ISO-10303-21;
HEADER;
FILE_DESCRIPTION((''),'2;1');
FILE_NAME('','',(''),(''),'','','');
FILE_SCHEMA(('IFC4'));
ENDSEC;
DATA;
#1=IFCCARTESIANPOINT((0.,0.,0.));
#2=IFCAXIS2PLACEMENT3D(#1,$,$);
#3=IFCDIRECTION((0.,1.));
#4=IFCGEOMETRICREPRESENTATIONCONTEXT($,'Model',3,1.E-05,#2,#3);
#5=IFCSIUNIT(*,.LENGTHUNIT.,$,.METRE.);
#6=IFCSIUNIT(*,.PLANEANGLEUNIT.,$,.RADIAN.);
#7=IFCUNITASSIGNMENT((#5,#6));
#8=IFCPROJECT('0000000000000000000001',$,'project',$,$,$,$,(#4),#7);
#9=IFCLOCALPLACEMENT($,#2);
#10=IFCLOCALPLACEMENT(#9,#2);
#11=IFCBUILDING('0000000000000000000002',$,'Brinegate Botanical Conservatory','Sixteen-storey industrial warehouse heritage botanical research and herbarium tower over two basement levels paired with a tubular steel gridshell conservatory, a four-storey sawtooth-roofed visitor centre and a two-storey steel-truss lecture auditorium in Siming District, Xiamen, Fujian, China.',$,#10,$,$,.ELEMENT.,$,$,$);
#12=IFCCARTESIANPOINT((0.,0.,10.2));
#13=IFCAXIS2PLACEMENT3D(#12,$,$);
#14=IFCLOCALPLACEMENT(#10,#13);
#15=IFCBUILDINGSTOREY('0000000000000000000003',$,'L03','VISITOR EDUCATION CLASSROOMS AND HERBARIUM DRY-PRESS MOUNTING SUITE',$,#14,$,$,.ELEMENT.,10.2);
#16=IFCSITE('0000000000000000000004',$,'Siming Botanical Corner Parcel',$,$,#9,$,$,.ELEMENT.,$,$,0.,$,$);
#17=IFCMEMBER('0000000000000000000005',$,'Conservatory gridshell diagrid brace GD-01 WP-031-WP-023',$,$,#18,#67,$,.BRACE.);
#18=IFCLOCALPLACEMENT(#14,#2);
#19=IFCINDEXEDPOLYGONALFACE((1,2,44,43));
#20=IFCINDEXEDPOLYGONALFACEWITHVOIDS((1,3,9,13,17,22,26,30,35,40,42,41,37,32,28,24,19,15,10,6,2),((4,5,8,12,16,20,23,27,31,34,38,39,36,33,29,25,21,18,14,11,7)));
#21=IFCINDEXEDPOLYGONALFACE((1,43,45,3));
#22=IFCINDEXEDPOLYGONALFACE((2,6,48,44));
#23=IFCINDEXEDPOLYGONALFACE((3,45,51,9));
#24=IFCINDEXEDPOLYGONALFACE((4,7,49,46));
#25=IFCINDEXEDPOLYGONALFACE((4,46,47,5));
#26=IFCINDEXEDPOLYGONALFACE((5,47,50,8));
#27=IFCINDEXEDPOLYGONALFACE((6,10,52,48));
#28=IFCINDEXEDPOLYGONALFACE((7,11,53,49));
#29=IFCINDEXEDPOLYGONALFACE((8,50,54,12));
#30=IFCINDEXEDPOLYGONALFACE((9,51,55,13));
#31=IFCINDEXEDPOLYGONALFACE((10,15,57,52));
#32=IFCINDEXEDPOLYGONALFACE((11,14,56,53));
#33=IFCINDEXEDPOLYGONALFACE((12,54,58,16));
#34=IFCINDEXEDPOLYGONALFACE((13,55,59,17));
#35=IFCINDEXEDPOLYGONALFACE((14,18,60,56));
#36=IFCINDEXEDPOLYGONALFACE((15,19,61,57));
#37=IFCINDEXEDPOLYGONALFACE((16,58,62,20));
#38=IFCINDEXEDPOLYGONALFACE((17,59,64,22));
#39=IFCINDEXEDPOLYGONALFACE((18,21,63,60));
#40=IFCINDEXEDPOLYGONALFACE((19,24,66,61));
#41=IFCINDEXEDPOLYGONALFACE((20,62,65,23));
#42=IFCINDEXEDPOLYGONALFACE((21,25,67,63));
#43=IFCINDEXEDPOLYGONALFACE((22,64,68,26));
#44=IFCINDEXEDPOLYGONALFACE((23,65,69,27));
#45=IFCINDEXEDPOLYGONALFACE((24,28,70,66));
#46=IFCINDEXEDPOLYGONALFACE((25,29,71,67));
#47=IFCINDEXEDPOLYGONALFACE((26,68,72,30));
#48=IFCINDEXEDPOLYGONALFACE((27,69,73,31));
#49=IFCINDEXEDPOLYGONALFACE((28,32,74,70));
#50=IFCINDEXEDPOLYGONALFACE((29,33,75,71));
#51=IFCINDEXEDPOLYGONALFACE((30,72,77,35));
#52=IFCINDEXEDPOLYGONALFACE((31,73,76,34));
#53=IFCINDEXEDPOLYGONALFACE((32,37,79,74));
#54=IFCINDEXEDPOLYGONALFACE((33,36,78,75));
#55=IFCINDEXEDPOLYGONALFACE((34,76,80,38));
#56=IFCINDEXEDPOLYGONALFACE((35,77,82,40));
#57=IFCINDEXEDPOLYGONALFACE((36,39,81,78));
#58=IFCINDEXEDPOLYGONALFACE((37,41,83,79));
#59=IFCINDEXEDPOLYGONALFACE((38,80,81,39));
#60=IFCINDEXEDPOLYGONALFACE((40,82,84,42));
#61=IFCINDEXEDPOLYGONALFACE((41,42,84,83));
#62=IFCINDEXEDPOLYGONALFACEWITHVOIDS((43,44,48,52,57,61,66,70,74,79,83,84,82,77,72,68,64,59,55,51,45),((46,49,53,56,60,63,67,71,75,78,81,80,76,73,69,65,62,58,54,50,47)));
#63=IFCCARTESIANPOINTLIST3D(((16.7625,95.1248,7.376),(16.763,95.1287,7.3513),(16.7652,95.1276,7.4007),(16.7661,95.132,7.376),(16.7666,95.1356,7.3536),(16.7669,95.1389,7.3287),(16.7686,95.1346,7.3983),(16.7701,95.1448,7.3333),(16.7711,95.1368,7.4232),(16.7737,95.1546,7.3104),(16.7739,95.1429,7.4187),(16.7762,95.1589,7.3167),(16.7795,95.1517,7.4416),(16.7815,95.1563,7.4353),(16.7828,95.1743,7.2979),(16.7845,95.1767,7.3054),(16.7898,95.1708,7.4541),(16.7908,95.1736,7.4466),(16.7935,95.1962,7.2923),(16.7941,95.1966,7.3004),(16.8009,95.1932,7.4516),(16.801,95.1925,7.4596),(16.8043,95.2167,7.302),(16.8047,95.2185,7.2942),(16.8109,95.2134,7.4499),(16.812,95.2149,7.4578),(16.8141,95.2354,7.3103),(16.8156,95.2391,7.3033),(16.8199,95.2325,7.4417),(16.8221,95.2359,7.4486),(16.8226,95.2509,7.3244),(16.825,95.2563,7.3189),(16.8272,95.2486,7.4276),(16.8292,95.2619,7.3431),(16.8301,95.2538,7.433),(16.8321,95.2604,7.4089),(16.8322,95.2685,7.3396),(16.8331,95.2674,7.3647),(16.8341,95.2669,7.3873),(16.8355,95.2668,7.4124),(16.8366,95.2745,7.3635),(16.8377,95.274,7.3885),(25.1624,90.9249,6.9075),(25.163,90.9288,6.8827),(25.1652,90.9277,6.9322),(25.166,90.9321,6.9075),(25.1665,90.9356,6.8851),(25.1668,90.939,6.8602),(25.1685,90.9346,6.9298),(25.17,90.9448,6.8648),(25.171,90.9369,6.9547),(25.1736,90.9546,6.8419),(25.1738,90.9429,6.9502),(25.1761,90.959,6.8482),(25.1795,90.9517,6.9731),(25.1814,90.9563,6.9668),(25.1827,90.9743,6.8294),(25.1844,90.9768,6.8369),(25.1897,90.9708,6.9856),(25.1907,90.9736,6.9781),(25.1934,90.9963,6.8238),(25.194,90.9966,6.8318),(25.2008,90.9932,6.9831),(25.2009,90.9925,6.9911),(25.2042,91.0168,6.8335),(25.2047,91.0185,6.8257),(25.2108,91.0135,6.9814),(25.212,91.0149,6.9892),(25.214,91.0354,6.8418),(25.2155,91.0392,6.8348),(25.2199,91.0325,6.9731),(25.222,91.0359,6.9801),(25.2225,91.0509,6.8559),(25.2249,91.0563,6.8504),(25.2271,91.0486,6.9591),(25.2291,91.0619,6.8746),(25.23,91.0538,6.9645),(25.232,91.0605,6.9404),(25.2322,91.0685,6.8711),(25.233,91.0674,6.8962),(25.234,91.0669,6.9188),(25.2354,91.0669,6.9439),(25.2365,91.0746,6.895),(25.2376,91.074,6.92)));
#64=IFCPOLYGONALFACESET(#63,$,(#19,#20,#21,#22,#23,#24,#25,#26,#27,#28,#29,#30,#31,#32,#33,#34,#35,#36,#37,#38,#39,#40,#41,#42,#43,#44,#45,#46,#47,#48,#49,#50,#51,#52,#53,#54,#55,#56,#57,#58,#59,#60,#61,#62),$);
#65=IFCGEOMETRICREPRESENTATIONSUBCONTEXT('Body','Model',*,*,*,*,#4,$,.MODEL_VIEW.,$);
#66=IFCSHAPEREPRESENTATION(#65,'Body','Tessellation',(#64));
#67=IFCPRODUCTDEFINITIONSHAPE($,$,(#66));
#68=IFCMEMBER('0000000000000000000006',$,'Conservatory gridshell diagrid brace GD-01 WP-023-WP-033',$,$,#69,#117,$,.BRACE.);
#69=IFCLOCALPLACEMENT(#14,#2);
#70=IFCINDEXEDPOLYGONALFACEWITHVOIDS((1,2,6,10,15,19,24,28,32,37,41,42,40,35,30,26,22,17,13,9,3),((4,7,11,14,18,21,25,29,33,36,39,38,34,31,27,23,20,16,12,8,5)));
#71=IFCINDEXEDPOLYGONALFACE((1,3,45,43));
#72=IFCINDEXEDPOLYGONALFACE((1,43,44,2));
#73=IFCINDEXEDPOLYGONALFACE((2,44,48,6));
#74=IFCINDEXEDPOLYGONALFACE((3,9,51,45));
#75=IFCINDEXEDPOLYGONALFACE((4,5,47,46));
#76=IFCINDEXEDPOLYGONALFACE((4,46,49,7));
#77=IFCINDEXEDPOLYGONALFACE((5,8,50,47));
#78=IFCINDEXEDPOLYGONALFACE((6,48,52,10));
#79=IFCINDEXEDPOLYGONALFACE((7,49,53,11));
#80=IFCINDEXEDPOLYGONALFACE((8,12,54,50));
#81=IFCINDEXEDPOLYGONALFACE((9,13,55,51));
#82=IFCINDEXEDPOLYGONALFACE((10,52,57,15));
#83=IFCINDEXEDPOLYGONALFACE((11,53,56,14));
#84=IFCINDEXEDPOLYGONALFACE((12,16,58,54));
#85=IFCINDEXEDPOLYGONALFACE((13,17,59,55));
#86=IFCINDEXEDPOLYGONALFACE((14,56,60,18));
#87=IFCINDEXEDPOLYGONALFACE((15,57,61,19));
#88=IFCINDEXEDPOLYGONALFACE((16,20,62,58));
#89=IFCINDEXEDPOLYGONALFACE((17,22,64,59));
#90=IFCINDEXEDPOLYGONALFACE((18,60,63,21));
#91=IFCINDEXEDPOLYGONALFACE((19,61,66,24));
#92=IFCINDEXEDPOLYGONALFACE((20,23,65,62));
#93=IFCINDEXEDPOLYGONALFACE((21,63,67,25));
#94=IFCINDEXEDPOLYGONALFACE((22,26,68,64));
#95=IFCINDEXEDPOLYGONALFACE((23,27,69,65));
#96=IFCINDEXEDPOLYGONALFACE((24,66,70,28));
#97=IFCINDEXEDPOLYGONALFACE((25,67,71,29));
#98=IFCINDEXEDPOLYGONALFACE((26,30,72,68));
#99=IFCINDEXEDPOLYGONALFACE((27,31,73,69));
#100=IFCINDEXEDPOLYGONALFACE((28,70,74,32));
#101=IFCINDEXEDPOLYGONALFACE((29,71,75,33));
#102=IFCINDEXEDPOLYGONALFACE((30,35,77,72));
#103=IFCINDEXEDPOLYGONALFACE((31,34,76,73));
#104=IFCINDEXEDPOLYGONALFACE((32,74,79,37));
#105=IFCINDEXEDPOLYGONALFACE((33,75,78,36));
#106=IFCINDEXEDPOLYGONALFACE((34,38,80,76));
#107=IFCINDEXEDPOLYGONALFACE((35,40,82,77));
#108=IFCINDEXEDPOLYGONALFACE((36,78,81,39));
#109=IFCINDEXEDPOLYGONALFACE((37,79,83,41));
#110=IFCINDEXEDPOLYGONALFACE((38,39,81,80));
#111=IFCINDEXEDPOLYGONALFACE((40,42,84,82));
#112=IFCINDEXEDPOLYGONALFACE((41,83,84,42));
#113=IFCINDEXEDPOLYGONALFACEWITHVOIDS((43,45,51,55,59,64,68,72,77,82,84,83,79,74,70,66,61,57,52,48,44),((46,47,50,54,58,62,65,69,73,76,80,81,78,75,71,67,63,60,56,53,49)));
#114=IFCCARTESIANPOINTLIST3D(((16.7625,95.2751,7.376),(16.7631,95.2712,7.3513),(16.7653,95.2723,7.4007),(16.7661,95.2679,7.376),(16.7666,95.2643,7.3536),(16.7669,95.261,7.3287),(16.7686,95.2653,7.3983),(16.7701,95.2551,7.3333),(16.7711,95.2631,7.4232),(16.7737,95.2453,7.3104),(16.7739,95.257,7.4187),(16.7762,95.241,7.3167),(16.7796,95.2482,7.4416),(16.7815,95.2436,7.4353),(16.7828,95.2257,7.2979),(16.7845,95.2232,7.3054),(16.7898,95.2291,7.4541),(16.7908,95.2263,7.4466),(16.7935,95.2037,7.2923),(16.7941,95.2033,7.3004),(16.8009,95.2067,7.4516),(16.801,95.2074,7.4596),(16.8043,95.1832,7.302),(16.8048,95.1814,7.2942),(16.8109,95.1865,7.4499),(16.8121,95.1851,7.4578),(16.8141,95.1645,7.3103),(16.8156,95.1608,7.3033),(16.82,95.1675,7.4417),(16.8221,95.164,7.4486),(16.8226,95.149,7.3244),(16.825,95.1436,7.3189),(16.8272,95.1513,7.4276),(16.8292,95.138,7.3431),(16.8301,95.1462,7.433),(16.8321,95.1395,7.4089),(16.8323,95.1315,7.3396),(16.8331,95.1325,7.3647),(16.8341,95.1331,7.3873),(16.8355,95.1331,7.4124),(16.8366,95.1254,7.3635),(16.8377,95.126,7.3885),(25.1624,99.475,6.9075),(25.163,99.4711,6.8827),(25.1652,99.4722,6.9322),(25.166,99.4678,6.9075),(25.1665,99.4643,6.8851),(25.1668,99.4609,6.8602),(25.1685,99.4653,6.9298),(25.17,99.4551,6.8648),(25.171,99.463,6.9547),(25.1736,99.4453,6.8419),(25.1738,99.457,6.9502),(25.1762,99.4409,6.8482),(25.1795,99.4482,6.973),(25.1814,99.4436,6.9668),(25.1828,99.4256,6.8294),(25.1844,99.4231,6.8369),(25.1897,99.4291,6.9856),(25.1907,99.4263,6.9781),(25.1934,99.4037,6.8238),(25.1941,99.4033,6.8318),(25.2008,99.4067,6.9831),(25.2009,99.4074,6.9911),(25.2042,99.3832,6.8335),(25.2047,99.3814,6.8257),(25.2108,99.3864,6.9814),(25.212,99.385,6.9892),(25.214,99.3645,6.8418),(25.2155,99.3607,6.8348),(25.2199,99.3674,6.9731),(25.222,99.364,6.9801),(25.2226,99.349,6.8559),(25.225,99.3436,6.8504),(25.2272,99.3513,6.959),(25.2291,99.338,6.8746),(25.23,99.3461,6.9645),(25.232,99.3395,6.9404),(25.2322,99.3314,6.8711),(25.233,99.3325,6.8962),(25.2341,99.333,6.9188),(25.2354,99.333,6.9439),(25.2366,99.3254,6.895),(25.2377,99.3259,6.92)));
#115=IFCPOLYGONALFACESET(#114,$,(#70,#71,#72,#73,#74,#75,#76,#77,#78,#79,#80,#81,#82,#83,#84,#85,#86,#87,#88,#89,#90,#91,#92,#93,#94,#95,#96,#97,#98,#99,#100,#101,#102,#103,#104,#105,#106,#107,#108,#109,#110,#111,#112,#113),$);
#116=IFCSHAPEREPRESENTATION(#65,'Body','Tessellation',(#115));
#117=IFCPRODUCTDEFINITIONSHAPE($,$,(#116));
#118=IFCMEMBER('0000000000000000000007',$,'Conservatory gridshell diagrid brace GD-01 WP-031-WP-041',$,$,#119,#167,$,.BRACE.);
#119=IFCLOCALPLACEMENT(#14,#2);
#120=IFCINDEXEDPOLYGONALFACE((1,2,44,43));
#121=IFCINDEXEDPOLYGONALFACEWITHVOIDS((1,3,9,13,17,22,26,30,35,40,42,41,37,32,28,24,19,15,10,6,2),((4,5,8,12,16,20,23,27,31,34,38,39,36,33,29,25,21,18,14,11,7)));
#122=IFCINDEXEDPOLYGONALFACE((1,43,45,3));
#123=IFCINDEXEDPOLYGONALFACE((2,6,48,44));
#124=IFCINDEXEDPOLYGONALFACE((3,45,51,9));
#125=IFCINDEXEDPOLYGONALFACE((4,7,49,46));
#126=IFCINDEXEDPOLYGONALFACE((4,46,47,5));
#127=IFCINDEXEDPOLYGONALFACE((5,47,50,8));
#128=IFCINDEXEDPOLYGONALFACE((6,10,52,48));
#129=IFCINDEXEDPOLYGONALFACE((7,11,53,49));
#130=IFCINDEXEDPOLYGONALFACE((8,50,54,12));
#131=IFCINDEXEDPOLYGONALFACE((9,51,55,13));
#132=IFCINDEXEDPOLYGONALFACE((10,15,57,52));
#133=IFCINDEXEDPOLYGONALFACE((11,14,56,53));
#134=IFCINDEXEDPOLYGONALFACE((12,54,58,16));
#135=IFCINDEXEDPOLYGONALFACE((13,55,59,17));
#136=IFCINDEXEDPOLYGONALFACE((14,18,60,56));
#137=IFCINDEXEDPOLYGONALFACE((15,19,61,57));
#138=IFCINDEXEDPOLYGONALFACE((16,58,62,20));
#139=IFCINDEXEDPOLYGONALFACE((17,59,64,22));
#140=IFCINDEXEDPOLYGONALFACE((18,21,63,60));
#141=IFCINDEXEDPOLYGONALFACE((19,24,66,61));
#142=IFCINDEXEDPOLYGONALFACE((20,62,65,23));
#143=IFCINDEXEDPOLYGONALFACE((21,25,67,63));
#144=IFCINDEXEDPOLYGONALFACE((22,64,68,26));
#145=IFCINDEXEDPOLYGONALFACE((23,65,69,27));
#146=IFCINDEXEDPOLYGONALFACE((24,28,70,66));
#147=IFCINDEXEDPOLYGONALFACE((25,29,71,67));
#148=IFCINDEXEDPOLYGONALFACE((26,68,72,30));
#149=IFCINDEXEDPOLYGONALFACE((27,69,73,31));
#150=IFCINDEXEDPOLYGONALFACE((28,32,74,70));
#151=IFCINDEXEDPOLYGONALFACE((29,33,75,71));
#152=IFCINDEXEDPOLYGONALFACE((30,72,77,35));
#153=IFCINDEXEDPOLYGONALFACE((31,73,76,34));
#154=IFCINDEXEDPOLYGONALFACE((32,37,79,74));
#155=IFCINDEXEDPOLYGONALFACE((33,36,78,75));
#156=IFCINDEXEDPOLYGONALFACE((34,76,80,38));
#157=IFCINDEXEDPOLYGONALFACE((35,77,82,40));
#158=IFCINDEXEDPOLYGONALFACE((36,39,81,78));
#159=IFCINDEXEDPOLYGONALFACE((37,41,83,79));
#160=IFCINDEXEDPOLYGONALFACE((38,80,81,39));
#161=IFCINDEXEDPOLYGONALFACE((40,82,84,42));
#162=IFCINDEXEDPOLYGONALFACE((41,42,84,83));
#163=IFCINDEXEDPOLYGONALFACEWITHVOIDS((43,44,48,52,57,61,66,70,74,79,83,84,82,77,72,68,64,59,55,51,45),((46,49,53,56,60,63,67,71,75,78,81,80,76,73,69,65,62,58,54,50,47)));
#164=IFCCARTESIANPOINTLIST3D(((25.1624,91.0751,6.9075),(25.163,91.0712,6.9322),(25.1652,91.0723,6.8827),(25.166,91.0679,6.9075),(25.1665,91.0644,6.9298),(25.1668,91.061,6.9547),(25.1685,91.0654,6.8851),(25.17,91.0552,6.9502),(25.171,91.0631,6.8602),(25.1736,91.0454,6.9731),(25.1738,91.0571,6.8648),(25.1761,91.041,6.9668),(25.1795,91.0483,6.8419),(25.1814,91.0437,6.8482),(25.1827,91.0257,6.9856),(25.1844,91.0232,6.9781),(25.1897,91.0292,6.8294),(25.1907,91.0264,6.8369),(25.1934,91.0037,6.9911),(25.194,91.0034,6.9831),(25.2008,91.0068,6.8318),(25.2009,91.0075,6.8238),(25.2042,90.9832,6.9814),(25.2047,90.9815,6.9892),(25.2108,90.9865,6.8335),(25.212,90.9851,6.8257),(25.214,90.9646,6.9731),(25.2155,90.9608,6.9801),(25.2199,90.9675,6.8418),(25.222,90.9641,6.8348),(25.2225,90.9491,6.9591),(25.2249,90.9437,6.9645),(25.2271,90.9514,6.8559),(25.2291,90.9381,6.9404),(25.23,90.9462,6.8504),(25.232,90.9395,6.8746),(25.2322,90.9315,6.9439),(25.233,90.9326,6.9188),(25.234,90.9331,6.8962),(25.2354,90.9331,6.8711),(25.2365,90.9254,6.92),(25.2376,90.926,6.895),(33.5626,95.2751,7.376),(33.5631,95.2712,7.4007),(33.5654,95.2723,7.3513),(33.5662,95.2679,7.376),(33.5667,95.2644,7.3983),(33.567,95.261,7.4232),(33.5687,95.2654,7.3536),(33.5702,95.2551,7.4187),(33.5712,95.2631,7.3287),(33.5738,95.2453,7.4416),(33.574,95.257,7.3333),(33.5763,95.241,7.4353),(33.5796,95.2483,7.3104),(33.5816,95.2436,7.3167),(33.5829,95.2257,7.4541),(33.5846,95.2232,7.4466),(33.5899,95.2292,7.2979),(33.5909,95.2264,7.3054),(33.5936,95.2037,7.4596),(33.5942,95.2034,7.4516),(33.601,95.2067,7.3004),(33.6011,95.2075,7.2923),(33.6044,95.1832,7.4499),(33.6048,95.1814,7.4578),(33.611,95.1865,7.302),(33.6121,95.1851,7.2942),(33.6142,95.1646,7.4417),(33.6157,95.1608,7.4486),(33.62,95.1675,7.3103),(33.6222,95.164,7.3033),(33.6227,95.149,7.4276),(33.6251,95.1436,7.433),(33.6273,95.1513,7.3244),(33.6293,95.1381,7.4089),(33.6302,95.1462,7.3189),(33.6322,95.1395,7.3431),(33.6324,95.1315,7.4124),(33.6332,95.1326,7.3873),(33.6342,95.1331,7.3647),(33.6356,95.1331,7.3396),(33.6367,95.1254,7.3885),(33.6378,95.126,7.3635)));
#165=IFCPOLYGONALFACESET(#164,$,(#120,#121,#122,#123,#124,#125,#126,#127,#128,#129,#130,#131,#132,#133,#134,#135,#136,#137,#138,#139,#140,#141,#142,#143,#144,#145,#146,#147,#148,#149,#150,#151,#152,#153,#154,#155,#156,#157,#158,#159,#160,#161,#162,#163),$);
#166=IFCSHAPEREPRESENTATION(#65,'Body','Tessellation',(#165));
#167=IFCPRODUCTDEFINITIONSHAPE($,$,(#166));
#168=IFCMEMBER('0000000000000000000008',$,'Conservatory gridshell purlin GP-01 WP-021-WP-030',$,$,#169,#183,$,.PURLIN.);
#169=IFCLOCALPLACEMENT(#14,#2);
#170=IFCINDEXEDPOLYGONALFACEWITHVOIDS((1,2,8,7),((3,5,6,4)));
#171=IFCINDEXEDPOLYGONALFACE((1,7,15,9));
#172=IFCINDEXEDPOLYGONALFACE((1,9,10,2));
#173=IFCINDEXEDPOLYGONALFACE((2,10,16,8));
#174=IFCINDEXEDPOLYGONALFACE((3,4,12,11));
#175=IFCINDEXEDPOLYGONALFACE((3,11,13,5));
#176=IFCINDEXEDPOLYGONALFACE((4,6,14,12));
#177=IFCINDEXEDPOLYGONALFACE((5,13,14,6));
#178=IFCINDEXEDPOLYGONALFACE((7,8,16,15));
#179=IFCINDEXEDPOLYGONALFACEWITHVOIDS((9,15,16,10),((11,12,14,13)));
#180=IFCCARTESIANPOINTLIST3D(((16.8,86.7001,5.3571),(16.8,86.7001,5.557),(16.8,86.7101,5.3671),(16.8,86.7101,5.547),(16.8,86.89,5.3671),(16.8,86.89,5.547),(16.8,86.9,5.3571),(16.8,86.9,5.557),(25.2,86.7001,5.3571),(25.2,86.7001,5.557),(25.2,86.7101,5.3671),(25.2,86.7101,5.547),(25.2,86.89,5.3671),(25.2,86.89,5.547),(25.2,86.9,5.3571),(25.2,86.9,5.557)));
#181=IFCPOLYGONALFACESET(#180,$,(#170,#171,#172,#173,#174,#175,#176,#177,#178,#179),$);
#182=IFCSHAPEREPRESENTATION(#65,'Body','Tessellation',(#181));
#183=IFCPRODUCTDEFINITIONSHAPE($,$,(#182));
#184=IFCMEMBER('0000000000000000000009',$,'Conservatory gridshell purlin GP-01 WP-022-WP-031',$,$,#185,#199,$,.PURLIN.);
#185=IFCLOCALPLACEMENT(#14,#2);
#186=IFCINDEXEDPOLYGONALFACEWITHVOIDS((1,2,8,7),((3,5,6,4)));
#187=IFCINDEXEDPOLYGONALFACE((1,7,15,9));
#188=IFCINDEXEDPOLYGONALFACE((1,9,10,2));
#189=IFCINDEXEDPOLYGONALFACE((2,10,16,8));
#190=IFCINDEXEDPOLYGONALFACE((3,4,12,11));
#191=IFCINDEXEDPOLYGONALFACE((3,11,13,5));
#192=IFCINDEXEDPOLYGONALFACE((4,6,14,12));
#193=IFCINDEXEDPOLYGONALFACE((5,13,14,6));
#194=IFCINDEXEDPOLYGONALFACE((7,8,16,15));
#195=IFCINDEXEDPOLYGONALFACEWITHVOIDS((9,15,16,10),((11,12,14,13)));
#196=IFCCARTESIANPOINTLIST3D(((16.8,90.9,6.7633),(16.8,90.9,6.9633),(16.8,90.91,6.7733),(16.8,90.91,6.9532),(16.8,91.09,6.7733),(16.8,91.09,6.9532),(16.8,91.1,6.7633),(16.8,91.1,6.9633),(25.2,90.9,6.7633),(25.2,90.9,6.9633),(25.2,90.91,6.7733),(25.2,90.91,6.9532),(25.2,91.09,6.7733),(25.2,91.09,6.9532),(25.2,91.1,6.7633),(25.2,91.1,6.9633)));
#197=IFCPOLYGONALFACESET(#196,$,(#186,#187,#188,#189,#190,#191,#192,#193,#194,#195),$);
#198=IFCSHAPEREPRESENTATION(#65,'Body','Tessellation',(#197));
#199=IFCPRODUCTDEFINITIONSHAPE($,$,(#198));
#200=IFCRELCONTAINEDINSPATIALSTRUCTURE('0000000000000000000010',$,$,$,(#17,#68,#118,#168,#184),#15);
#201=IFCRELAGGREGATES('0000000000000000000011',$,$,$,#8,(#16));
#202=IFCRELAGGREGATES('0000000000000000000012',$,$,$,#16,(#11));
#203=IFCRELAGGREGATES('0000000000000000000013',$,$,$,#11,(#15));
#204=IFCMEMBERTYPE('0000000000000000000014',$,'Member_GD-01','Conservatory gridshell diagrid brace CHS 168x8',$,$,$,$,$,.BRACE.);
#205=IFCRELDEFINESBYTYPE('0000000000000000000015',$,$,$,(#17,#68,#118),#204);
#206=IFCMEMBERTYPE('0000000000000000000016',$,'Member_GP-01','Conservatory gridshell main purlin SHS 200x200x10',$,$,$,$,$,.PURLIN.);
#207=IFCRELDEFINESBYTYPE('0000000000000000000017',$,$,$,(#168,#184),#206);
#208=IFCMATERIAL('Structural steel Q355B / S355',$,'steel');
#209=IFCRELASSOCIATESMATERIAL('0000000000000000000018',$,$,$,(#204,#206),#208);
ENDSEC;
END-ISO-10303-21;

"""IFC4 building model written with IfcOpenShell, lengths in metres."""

from ifc_helpers import new_model, si_unit, direction, frame, origin, origin_2d, place, context, subcontext, project, spatial, hollow_rectangle, hollow_circle, extrude, material, material_profile, profile_set, type_object, element, save


model = new_model("IFC4")

# Units and contexts
model_context = context("Model", 3, precision=1e-05, world=origin(), true_north=direction((0.0, 1.0)))
body_context = subcontext(model_context, "Body", "Model", "MODEL_VIEW")
ifc_project = project(units=[si_unit("LENGTHUNIT", "METRE"), si_unit("PLANEANGLEUNIT", "RADIAN")], contexts=[model_context])

# Site, building, storey
site_placement = place(None, origin())
site = spatial("IfcSite", under=ifc_project, at=site_placement, Name="Siming Botanical Corner Parcel", CompositionType="ELEMENT", RefElevation=0.0)
building_placement = place(site_placement, origin())
building = spatial("IfcBuilding", under=site, at=building_placement, Name="Brinegate Botanical Conservatory", Description="Sixteen-storey industrial warehouse heritage botanical research and herbarium tower over two basement levels paired with a tubular steel gridshell conservatory, a four-storey sawtooth-roofed visitor centre and a two-storey steel-truss lecture auditorium in Siming District, Xiamen, Fujian, China.", CompositionType="ELEMENT")
storey_placement = place(building_placement, frame((0.0, 0.0, 10.2)))
storey = spatial("IfcBuildingStorey", under=building, at=storey_placement, Name="L03", Description="VISITOR EDUCATION CLASSROOMS AND HERBARIUM DRY-PRESS MOUNTING SUITE", CompositionType="ELEMENT", Elevation=10.2)

# Shared definitions
ifc_material_1 = material(Name="Structural steel Q355B / S355", Category="steel")

# Members
ifc_material_profile_1 = material_profile(ifc_material_1, hollow_circle(Radius=0.084, WallThickness=0.0081, at=origin_2d()), Name="CHS 168x8")
ifc_profile_set_1 = profile_set([ifc_material_profile_1], Name="Structural steel Q355B / S355")
member_type_1 = type_object("IfcMemberType", Name="Member_GD-01", Description="Conservatory gridshell diagrid brace CHS 168x8", PredefinedType="BRACE", material=ifc_profile_set_1)
for number, where, z_axis, x_axis, name in (
    (1, (25.2, 91.0, 6.9075), (-0.893316, 0.446658, 0.049825), (-0.447214, -0.894427, 0.0), "Conservatory gridshell diagrid brace GD-01 WP-031-WP-023"),
    (2, (16.8, 95.2, 7.376), (0.893316, 0.446658, -0.049825), (-0.447214, 0.894427, 0.0), "Conservatory gridshell diagrid brace GD-01 WP-023-WP-033"),
):
    element("IfcMember", number, at=place(storey_placement, frame(where, z_axis=z_axis, x_axis=x_axis)), inside=storey, type_object=member_type_1, Name=name, PredefinedType="BRACE", context=body_context, shape_type="SweptSolid", body=[
        extrude(hollow_circle(Radius=0.084, WallThickness=0.0081, at=origin_2d()), origin(), (0.0, 0.0, 1.0), 9.4031),
    ])
member_1_placement = place(storey_placement, frame((25.2, 91.0, 6.9075), z_axis=(0.893322, 0.446648, 0.049824), x_axis=(-0.447203, 0.894432, 0.0)))
element("IfcMember", 3, at=member_1_placement, inside=storey, type_object=member_type_1, Name="Conservatory gridshell diagrid brace GD-01 WP-031-WP-041", PredefinedType="BRACE", context=body_context, shape_type="SweptSolid", body=[
    extrude(hollow_circle(Radius=0.084, WallThickness=0.0081, at=origin_2d()), origin(), (0.0, 0.0, 1.0), 9.4033),
])
ifc_material_profile_2 = material_profile(ifc_material_1, hollow_rectangle(XDim=0.2, YDim=0.2, WallThickness=0.01, at=origin_2d()), Name="SHS 200x200x10")
ifc_profile_set_2 = profile_set([ifc_material_profile_2], Name="Structural steel Q355B / S355")
member_type_2 = type_object("IfcMemberType", Name="Member_GP-01", Description="Conservatory gridshell main purlin SHS 200x200x10", PredefinedType="PURLIN", material=ifc_profile_set_2)
for number, where, z_axis, x_axis, name in (
    (4, (16.8, 86.8, 5.457), (1.0, 0.0, 0.0), (0.0, 1.0, 0.0), "Conservatory gridshell purlin GP-01 WP-021-WP-030"),
    (5, (16.8, 91.0, 6.8633), (1.0, 0.0, 0.0), (0.0, 1.0, 0.0), "Conservatory gridshell purlin GP-01 WP-022-WP-031"),
):
    element("IfcMember", number, at=place(storey_placement, frame(where, z_axis=z_axis, x_axis=x_axis)), inside=storey, type_object=member_type_2, Name=name, PredefinedType="PURLIN", context=body_context, shape_type="SweptSolid", body=[
        extrude(hollow_rectangle(XDim=0.2, YDim=0.2, WallThickness=0.01, at=origin_2d()), origin(), (0.0, 0.0, 1.0), 8.3999),
    ])

save(model, "model.ifc")
